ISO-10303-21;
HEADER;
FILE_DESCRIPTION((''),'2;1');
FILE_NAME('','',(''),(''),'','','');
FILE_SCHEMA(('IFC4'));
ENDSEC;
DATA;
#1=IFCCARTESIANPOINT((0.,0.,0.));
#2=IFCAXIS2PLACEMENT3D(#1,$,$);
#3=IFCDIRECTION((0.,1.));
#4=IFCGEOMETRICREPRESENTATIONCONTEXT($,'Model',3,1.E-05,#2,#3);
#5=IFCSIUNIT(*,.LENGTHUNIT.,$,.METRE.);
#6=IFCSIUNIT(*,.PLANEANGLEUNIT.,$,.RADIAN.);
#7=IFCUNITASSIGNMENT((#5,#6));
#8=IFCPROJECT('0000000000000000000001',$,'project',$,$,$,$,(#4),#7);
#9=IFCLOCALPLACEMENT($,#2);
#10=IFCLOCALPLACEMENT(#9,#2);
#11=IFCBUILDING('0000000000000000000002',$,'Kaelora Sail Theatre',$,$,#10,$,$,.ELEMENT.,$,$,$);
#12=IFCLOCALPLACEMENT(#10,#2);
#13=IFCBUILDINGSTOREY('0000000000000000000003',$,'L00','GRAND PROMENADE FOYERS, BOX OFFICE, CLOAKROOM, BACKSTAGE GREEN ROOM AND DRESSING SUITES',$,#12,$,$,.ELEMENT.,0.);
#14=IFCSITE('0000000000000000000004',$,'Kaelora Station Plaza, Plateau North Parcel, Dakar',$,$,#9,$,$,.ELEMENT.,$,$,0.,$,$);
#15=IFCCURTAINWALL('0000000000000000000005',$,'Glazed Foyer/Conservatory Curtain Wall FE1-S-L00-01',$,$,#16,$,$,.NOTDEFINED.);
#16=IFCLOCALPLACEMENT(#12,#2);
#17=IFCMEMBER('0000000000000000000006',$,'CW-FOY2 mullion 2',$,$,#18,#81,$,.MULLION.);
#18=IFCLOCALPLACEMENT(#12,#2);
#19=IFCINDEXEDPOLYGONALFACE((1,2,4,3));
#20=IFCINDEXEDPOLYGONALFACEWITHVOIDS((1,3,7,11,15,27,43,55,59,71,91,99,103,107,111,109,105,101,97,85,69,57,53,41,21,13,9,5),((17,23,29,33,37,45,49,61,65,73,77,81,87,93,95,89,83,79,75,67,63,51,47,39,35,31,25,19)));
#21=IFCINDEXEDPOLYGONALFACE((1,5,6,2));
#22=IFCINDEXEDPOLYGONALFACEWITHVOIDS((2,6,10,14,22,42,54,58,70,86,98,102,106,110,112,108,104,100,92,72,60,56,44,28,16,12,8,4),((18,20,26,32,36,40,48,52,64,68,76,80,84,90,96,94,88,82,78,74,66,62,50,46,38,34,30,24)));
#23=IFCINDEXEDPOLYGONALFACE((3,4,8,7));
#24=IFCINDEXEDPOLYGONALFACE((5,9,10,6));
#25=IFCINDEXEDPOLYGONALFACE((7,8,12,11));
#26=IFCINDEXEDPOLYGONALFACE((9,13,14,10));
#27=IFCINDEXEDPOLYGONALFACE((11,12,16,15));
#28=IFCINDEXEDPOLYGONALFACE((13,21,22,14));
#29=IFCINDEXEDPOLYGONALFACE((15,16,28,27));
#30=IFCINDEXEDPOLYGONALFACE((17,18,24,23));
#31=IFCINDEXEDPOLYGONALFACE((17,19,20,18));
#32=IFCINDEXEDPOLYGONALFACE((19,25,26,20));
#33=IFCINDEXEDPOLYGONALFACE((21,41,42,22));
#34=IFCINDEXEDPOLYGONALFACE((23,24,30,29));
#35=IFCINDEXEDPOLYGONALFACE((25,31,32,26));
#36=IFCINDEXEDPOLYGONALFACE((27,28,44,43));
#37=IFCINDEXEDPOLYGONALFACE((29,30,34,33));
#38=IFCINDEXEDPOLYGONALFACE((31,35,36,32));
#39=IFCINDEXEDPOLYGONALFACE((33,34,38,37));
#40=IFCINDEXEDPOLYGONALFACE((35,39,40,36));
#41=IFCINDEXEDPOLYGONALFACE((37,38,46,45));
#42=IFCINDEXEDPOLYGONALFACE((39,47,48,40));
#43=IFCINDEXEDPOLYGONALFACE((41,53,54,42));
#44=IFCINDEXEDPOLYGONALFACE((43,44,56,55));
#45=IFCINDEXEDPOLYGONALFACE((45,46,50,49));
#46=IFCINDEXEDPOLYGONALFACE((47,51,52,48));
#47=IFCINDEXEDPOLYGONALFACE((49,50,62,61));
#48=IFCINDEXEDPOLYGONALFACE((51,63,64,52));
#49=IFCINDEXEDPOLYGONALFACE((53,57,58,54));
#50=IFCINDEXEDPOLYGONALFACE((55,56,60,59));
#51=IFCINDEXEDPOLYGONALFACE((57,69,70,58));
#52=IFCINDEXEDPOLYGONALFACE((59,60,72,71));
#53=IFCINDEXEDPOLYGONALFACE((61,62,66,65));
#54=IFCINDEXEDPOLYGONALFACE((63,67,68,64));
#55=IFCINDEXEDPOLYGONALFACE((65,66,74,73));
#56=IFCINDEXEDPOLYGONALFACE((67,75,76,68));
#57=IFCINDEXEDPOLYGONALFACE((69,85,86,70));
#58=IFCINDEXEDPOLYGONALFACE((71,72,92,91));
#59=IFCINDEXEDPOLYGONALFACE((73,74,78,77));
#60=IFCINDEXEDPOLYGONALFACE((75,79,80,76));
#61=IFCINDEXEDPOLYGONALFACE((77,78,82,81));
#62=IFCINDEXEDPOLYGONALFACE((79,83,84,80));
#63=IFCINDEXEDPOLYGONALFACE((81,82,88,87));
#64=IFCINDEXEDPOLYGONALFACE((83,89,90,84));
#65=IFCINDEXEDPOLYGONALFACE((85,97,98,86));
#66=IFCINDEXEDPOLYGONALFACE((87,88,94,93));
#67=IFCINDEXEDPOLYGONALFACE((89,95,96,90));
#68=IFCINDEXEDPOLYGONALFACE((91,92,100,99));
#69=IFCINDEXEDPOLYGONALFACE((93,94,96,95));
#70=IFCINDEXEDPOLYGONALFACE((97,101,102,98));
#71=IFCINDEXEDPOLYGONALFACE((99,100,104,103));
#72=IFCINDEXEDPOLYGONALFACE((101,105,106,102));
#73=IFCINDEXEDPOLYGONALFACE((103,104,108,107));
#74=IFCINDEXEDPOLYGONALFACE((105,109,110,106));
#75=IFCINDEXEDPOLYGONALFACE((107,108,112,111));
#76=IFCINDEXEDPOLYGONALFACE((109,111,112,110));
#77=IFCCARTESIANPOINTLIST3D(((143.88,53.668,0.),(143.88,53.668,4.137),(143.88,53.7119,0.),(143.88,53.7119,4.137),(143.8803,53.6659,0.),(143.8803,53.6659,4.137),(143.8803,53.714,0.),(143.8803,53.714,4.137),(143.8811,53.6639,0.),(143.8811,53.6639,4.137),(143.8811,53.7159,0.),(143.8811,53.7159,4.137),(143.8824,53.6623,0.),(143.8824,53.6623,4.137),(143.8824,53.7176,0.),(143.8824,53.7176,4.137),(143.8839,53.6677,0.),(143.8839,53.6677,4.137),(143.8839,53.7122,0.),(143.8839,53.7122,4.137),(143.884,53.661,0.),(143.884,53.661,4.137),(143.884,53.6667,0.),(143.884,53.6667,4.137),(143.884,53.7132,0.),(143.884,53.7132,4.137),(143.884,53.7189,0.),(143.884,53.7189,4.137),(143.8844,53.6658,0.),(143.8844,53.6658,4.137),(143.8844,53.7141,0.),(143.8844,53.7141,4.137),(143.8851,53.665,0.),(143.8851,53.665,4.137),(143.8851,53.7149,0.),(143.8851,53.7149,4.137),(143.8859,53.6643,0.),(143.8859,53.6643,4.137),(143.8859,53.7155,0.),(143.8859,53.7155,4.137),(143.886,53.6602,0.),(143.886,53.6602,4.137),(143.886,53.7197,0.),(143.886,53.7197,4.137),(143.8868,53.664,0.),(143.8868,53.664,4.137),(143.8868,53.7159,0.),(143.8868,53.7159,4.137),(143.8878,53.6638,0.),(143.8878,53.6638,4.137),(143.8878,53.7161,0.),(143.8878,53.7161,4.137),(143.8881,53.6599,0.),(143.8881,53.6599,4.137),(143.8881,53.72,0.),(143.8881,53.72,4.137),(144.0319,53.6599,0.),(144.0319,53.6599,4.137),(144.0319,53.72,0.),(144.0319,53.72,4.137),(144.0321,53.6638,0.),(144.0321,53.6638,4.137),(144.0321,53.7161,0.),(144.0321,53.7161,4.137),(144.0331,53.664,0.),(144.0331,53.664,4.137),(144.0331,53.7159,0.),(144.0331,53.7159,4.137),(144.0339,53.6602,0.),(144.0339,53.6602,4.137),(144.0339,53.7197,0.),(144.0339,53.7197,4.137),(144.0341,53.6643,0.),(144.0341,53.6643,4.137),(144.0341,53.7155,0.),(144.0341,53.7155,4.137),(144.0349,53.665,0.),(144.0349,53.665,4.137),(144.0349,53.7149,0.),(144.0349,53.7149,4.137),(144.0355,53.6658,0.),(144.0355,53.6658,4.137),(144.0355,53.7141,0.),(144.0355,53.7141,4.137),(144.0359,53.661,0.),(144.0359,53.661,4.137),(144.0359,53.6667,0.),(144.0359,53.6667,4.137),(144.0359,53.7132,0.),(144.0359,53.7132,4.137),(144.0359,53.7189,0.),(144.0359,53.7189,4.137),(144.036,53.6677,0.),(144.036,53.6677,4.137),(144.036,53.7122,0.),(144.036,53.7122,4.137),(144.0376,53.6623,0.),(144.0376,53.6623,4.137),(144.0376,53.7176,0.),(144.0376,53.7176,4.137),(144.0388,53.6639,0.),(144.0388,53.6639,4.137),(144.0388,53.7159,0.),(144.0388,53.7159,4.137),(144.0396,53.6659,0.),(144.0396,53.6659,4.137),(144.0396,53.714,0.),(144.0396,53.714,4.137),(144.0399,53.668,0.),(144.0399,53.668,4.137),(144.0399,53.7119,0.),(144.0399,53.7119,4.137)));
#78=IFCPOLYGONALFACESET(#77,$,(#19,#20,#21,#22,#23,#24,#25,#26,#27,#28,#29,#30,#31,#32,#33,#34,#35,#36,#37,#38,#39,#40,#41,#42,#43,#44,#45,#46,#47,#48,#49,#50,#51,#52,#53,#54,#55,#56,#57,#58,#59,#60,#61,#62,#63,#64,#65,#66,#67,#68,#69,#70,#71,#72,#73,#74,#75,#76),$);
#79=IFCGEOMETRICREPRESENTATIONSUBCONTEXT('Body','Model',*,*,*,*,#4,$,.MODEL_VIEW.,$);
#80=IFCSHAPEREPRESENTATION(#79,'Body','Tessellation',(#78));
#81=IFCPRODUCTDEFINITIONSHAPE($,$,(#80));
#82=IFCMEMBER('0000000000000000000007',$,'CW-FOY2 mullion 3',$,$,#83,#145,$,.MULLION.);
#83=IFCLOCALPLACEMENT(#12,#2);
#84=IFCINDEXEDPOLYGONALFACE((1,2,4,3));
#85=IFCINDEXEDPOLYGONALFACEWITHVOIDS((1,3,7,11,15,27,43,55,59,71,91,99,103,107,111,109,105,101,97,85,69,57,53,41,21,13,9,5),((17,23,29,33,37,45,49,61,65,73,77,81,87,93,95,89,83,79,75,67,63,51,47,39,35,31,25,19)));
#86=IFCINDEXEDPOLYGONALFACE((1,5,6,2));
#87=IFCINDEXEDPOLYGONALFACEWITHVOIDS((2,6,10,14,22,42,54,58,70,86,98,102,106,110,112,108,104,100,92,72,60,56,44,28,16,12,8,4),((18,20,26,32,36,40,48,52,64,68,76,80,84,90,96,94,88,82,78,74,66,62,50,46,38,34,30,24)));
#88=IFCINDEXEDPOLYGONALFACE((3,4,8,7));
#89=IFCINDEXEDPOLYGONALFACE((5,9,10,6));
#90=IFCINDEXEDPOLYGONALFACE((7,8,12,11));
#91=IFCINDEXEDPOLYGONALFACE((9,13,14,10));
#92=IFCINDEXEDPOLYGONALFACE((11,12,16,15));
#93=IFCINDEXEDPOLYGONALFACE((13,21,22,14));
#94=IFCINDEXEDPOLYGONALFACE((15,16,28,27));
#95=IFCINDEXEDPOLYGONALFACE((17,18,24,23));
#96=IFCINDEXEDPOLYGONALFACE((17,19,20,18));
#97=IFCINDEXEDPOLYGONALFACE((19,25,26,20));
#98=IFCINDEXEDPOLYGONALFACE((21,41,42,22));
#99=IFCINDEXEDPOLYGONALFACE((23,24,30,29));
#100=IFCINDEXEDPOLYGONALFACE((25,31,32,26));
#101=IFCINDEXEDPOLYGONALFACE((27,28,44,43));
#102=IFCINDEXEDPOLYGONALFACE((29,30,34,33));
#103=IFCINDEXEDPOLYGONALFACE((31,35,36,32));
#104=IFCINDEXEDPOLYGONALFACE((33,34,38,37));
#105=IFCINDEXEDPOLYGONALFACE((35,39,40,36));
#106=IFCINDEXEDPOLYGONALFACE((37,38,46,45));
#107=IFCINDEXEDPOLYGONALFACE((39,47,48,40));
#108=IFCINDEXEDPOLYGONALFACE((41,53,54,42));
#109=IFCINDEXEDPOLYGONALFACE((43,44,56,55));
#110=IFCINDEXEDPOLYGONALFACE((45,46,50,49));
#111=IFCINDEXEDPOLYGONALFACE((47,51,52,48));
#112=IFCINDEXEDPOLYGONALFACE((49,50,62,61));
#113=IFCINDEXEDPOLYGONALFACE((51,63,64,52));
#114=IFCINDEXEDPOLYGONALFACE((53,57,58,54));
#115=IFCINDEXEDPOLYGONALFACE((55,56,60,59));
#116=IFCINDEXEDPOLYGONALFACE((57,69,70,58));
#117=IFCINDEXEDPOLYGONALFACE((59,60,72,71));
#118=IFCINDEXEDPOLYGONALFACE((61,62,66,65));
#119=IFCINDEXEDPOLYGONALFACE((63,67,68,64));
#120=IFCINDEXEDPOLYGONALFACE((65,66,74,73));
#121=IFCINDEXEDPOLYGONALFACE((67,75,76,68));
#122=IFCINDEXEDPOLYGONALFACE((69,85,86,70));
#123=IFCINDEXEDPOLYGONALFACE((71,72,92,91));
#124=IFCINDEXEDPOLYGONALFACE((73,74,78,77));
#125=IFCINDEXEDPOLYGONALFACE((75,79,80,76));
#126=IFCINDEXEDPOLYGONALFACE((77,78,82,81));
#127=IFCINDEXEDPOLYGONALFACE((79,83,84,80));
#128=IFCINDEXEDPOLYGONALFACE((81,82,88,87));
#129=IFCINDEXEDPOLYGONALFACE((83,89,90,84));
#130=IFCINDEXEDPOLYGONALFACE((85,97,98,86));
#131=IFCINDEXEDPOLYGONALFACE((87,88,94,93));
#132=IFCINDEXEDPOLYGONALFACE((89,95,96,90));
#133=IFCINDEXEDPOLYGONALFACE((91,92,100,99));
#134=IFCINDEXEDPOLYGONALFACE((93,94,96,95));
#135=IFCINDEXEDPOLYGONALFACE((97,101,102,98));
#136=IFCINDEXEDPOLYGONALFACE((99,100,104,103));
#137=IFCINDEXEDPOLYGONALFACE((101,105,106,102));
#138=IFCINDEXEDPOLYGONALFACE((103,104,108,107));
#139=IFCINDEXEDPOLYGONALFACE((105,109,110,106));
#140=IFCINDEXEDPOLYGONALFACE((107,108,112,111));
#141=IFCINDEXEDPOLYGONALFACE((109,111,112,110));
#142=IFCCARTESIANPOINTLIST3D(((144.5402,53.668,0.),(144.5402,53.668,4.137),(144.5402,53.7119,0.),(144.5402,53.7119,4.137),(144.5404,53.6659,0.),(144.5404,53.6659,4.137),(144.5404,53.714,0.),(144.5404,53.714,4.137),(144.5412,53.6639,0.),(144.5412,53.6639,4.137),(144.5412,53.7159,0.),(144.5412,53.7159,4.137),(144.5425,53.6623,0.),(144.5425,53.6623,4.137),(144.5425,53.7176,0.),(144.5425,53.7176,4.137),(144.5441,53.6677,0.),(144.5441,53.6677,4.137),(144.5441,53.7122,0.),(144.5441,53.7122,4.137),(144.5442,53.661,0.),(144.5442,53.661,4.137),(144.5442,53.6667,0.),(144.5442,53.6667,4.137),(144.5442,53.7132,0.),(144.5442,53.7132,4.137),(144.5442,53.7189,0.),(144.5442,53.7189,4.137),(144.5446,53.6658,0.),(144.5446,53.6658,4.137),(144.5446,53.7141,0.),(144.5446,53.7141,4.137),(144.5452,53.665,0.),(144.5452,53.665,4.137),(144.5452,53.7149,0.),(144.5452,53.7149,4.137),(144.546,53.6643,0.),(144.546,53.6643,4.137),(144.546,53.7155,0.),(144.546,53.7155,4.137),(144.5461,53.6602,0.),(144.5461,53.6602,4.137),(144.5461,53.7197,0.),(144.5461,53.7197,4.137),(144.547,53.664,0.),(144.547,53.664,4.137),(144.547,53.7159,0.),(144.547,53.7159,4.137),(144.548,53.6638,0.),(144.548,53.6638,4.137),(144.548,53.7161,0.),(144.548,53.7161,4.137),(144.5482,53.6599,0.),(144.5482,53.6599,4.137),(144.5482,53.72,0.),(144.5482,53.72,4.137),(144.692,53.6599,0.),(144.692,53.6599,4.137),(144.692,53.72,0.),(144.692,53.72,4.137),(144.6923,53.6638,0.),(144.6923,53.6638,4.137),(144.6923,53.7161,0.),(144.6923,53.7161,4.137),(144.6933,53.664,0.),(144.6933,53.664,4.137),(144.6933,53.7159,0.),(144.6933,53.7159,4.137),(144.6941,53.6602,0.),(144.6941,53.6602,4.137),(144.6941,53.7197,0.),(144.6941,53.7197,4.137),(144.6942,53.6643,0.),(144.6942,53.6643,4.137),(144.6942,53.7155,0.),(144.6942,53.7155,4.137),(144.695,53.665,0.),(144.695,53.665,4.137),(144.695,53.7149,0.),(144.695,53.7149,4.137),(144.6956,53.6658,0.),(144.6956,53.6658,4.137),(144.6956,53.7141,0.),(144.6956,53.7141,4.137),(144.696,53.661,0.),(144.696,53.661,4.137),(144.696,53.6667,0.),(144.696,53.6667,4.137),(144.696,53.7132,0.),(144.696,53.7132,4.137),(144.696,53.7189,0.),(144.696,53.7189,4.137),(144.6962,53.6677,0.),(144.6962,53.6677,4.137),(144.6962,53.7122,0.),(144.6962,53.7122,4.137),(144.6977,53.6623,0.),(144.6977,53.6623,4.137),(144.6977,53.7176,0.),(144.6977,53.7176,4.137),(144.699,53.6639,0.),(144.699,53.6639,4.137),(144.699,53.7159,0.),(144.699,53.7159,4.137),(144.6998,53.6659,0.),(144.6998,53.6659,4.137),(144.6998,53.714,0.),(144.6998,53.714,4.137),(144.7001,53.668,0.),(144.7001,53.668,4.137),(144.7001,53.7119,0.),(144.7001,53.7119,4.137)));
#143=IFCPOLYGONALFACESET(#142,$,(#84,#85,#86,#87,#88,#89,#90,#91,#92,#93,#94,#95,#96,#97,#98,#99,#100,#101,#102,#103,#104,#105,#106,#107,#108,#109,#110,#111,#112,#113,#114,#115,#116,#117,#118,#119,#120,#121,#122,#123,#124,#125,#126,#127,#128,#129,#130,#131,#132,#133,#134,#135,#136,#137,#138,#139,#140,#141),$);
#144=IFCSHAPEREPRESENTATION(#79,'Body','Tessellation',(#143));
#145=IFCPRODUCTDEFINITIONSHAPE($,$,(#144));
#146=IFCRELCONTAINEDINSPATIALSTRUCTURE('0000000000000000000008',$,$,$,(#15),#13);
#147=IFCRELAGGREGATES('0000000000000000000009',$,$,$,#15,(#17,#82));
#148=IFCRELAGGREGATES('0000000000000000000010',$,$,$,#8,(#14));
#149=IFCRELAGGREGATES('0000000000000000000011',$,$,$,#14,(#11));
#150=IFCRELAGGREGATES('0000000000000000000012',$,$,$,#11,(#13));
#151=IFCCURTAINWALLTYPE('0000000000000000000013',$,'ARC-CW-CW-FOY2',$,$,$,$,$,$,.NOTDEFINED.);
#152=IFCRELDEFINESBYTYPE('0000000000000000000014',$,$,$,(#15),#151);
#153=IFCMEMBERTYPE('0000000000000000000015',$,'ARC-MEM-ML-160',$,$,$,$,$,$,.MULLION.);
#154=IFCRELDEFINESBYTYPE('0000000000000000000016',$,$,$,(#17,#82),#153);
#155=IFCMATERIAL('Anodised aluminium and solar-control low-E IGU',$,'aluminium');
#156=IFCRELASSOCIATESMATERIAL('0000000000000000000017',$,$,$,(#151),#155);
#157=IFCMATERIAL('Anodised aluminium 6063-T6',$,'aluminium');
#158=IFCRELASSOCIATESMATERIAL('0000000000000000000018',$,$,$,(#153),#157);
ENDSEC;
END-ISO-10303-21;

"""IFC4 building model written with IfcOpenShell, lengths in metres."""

from ifc_helpers import new_model, si_unit, direction, frame, origin, origin_2d, place, context, subcontext, project, spatial, hollow_rectangle, extrude, material, material_profile, profile_set, type_object, element, aggregate, save


model = new_model("IFC4")

# Units and contexts
model_context = context("Model", 3, precision=1e-05, world=origin(), true_north=direction((0.0, 1.0)))
body_context = subcontext(model_context, "Body", "Model", "MODEL_VIEW")
ifc_project = project(units=[si_unit("LENGTHUNIT", "METRE"), si_unit("PLANEANGLEUNIT", "RADIAN")], contexts=[model_context])

# Site, building, storey
site_placement = place(None, origin())
site = spatial("IfcSite", under=ifc_project, at=site_placement, Name="Kaelora Station Plaza, Plateau North Parcel, Dakar", CompositionType="ELEMENT", RefElevation=0.0)
building_placement = place(site_placement, origin())
building = spatial("IfcBuilding", under=site, at=building_placement, Name="Kaelora Sail Theatre", CompositionType="ELEMENT")
storey_placement = place(building_placement, origin())
storey = spatial("IfcBuildingStorey", under=building, at=storey_placement, Name="L00", Description="GRAND PROMENADE FOYERS, BOX OFFICE, CLOAKROOM, BACKSTAGE GREEN ROOM AND DRESSING SUITES", CompositionType="ELEMENT", Elevation=0.0)

# Curtain wall, members
ifc_material_1 = material(Name="Anodised aluminium and solar-control low-E IGU", Category="aluminium")
curtain_wall_type = type_object("IfcCurtainWallType", Name="ARC-CW-CW-FOY2", PredefinedType="NOTDEFINED", material=ifc_material_1)
curtain_wall_placement = place(storey_placement, origin())
curtain_wall = element("IfcCurtainWall", 1, at=curtain_wall_placement, inside=storey, type_object=curtain_wall_type, Name="Glazed Foyer/Conservatory Curtain Wall FE1-S-L00-01", PredefinedType="NOTDEFINED")
ifc_material_2 = material(Name="Anodised aluminium 6063-T6", Category="aluminium")
ifc_material_profile_1 = material_profile(ifc_material_2, hollow_rectangle(XDim=0.0601, YDim=0.1599, WallThickness=0.0039, InnerFilletRadius=0.0039, OuterFilletRadius=0.0081, at=origin_2d()), Name="ALU-MULL 60x160x4")
ifc_profile_set_1 = profile_set([ifc_material_profile_1], Name="Anodised aluminium 6063-T6")
member_type_1 = type_object("IfcMemberType", Name="ARC-MEM-ML-160", PredefinedType="MULLION", material=ifc_profile_set_1)
member_1_placement = place(storey_placement, frame((143.96, 53.6899, 0.0), z_axis=(0.0, 0.0, 1.0), x_axis=(0.0, 1.0, 0.0)))
member_1 = element("IfcMember", 2, at=member_1_placement, type_object=member_type_1, Name="CW-FOY2 mullion 2", PredefinedType="MULLION", context=body_context, shape_type="SweptSolid", body=[
    extrude(hollow_rectangle(XDim=0.0601, YDim=0.1599, WallThickness=0.0039, InnerFilletRadius=0.0039, OuterFilletRadius=0.0081, at=origin_2d()), origin(), (0.0, 0.0, 1.0), 4.137),
])
member_2_placement = place(storey_placement, frame((144.6201, 53.6899, 0.0), z_axis=(0.0, 0.0, 1.0), x_axis=(0.0, 1.0, 0.0)))
member_2 = element("IfcMember", 3, at=member_2_placement, type_object=member_type_1, Name="CW-FOY2 mullion 3", PredefinedType="MULLION", context=body_context, shape_type="SweptSolid", body=[
    extrude(hollow_rectangle(XDim=0.0601, YDim=0.1599, WallThickness=0.0039, InnerFilletRadius=0.0039, OuterFilletRadius=0.0081, at=origin_2d()), origin(), (0.0, 0.0, 1.0), 4.137),
])

aggregate(curtain_wall, [member_1, member_2])

save(model, "model.ifc")
